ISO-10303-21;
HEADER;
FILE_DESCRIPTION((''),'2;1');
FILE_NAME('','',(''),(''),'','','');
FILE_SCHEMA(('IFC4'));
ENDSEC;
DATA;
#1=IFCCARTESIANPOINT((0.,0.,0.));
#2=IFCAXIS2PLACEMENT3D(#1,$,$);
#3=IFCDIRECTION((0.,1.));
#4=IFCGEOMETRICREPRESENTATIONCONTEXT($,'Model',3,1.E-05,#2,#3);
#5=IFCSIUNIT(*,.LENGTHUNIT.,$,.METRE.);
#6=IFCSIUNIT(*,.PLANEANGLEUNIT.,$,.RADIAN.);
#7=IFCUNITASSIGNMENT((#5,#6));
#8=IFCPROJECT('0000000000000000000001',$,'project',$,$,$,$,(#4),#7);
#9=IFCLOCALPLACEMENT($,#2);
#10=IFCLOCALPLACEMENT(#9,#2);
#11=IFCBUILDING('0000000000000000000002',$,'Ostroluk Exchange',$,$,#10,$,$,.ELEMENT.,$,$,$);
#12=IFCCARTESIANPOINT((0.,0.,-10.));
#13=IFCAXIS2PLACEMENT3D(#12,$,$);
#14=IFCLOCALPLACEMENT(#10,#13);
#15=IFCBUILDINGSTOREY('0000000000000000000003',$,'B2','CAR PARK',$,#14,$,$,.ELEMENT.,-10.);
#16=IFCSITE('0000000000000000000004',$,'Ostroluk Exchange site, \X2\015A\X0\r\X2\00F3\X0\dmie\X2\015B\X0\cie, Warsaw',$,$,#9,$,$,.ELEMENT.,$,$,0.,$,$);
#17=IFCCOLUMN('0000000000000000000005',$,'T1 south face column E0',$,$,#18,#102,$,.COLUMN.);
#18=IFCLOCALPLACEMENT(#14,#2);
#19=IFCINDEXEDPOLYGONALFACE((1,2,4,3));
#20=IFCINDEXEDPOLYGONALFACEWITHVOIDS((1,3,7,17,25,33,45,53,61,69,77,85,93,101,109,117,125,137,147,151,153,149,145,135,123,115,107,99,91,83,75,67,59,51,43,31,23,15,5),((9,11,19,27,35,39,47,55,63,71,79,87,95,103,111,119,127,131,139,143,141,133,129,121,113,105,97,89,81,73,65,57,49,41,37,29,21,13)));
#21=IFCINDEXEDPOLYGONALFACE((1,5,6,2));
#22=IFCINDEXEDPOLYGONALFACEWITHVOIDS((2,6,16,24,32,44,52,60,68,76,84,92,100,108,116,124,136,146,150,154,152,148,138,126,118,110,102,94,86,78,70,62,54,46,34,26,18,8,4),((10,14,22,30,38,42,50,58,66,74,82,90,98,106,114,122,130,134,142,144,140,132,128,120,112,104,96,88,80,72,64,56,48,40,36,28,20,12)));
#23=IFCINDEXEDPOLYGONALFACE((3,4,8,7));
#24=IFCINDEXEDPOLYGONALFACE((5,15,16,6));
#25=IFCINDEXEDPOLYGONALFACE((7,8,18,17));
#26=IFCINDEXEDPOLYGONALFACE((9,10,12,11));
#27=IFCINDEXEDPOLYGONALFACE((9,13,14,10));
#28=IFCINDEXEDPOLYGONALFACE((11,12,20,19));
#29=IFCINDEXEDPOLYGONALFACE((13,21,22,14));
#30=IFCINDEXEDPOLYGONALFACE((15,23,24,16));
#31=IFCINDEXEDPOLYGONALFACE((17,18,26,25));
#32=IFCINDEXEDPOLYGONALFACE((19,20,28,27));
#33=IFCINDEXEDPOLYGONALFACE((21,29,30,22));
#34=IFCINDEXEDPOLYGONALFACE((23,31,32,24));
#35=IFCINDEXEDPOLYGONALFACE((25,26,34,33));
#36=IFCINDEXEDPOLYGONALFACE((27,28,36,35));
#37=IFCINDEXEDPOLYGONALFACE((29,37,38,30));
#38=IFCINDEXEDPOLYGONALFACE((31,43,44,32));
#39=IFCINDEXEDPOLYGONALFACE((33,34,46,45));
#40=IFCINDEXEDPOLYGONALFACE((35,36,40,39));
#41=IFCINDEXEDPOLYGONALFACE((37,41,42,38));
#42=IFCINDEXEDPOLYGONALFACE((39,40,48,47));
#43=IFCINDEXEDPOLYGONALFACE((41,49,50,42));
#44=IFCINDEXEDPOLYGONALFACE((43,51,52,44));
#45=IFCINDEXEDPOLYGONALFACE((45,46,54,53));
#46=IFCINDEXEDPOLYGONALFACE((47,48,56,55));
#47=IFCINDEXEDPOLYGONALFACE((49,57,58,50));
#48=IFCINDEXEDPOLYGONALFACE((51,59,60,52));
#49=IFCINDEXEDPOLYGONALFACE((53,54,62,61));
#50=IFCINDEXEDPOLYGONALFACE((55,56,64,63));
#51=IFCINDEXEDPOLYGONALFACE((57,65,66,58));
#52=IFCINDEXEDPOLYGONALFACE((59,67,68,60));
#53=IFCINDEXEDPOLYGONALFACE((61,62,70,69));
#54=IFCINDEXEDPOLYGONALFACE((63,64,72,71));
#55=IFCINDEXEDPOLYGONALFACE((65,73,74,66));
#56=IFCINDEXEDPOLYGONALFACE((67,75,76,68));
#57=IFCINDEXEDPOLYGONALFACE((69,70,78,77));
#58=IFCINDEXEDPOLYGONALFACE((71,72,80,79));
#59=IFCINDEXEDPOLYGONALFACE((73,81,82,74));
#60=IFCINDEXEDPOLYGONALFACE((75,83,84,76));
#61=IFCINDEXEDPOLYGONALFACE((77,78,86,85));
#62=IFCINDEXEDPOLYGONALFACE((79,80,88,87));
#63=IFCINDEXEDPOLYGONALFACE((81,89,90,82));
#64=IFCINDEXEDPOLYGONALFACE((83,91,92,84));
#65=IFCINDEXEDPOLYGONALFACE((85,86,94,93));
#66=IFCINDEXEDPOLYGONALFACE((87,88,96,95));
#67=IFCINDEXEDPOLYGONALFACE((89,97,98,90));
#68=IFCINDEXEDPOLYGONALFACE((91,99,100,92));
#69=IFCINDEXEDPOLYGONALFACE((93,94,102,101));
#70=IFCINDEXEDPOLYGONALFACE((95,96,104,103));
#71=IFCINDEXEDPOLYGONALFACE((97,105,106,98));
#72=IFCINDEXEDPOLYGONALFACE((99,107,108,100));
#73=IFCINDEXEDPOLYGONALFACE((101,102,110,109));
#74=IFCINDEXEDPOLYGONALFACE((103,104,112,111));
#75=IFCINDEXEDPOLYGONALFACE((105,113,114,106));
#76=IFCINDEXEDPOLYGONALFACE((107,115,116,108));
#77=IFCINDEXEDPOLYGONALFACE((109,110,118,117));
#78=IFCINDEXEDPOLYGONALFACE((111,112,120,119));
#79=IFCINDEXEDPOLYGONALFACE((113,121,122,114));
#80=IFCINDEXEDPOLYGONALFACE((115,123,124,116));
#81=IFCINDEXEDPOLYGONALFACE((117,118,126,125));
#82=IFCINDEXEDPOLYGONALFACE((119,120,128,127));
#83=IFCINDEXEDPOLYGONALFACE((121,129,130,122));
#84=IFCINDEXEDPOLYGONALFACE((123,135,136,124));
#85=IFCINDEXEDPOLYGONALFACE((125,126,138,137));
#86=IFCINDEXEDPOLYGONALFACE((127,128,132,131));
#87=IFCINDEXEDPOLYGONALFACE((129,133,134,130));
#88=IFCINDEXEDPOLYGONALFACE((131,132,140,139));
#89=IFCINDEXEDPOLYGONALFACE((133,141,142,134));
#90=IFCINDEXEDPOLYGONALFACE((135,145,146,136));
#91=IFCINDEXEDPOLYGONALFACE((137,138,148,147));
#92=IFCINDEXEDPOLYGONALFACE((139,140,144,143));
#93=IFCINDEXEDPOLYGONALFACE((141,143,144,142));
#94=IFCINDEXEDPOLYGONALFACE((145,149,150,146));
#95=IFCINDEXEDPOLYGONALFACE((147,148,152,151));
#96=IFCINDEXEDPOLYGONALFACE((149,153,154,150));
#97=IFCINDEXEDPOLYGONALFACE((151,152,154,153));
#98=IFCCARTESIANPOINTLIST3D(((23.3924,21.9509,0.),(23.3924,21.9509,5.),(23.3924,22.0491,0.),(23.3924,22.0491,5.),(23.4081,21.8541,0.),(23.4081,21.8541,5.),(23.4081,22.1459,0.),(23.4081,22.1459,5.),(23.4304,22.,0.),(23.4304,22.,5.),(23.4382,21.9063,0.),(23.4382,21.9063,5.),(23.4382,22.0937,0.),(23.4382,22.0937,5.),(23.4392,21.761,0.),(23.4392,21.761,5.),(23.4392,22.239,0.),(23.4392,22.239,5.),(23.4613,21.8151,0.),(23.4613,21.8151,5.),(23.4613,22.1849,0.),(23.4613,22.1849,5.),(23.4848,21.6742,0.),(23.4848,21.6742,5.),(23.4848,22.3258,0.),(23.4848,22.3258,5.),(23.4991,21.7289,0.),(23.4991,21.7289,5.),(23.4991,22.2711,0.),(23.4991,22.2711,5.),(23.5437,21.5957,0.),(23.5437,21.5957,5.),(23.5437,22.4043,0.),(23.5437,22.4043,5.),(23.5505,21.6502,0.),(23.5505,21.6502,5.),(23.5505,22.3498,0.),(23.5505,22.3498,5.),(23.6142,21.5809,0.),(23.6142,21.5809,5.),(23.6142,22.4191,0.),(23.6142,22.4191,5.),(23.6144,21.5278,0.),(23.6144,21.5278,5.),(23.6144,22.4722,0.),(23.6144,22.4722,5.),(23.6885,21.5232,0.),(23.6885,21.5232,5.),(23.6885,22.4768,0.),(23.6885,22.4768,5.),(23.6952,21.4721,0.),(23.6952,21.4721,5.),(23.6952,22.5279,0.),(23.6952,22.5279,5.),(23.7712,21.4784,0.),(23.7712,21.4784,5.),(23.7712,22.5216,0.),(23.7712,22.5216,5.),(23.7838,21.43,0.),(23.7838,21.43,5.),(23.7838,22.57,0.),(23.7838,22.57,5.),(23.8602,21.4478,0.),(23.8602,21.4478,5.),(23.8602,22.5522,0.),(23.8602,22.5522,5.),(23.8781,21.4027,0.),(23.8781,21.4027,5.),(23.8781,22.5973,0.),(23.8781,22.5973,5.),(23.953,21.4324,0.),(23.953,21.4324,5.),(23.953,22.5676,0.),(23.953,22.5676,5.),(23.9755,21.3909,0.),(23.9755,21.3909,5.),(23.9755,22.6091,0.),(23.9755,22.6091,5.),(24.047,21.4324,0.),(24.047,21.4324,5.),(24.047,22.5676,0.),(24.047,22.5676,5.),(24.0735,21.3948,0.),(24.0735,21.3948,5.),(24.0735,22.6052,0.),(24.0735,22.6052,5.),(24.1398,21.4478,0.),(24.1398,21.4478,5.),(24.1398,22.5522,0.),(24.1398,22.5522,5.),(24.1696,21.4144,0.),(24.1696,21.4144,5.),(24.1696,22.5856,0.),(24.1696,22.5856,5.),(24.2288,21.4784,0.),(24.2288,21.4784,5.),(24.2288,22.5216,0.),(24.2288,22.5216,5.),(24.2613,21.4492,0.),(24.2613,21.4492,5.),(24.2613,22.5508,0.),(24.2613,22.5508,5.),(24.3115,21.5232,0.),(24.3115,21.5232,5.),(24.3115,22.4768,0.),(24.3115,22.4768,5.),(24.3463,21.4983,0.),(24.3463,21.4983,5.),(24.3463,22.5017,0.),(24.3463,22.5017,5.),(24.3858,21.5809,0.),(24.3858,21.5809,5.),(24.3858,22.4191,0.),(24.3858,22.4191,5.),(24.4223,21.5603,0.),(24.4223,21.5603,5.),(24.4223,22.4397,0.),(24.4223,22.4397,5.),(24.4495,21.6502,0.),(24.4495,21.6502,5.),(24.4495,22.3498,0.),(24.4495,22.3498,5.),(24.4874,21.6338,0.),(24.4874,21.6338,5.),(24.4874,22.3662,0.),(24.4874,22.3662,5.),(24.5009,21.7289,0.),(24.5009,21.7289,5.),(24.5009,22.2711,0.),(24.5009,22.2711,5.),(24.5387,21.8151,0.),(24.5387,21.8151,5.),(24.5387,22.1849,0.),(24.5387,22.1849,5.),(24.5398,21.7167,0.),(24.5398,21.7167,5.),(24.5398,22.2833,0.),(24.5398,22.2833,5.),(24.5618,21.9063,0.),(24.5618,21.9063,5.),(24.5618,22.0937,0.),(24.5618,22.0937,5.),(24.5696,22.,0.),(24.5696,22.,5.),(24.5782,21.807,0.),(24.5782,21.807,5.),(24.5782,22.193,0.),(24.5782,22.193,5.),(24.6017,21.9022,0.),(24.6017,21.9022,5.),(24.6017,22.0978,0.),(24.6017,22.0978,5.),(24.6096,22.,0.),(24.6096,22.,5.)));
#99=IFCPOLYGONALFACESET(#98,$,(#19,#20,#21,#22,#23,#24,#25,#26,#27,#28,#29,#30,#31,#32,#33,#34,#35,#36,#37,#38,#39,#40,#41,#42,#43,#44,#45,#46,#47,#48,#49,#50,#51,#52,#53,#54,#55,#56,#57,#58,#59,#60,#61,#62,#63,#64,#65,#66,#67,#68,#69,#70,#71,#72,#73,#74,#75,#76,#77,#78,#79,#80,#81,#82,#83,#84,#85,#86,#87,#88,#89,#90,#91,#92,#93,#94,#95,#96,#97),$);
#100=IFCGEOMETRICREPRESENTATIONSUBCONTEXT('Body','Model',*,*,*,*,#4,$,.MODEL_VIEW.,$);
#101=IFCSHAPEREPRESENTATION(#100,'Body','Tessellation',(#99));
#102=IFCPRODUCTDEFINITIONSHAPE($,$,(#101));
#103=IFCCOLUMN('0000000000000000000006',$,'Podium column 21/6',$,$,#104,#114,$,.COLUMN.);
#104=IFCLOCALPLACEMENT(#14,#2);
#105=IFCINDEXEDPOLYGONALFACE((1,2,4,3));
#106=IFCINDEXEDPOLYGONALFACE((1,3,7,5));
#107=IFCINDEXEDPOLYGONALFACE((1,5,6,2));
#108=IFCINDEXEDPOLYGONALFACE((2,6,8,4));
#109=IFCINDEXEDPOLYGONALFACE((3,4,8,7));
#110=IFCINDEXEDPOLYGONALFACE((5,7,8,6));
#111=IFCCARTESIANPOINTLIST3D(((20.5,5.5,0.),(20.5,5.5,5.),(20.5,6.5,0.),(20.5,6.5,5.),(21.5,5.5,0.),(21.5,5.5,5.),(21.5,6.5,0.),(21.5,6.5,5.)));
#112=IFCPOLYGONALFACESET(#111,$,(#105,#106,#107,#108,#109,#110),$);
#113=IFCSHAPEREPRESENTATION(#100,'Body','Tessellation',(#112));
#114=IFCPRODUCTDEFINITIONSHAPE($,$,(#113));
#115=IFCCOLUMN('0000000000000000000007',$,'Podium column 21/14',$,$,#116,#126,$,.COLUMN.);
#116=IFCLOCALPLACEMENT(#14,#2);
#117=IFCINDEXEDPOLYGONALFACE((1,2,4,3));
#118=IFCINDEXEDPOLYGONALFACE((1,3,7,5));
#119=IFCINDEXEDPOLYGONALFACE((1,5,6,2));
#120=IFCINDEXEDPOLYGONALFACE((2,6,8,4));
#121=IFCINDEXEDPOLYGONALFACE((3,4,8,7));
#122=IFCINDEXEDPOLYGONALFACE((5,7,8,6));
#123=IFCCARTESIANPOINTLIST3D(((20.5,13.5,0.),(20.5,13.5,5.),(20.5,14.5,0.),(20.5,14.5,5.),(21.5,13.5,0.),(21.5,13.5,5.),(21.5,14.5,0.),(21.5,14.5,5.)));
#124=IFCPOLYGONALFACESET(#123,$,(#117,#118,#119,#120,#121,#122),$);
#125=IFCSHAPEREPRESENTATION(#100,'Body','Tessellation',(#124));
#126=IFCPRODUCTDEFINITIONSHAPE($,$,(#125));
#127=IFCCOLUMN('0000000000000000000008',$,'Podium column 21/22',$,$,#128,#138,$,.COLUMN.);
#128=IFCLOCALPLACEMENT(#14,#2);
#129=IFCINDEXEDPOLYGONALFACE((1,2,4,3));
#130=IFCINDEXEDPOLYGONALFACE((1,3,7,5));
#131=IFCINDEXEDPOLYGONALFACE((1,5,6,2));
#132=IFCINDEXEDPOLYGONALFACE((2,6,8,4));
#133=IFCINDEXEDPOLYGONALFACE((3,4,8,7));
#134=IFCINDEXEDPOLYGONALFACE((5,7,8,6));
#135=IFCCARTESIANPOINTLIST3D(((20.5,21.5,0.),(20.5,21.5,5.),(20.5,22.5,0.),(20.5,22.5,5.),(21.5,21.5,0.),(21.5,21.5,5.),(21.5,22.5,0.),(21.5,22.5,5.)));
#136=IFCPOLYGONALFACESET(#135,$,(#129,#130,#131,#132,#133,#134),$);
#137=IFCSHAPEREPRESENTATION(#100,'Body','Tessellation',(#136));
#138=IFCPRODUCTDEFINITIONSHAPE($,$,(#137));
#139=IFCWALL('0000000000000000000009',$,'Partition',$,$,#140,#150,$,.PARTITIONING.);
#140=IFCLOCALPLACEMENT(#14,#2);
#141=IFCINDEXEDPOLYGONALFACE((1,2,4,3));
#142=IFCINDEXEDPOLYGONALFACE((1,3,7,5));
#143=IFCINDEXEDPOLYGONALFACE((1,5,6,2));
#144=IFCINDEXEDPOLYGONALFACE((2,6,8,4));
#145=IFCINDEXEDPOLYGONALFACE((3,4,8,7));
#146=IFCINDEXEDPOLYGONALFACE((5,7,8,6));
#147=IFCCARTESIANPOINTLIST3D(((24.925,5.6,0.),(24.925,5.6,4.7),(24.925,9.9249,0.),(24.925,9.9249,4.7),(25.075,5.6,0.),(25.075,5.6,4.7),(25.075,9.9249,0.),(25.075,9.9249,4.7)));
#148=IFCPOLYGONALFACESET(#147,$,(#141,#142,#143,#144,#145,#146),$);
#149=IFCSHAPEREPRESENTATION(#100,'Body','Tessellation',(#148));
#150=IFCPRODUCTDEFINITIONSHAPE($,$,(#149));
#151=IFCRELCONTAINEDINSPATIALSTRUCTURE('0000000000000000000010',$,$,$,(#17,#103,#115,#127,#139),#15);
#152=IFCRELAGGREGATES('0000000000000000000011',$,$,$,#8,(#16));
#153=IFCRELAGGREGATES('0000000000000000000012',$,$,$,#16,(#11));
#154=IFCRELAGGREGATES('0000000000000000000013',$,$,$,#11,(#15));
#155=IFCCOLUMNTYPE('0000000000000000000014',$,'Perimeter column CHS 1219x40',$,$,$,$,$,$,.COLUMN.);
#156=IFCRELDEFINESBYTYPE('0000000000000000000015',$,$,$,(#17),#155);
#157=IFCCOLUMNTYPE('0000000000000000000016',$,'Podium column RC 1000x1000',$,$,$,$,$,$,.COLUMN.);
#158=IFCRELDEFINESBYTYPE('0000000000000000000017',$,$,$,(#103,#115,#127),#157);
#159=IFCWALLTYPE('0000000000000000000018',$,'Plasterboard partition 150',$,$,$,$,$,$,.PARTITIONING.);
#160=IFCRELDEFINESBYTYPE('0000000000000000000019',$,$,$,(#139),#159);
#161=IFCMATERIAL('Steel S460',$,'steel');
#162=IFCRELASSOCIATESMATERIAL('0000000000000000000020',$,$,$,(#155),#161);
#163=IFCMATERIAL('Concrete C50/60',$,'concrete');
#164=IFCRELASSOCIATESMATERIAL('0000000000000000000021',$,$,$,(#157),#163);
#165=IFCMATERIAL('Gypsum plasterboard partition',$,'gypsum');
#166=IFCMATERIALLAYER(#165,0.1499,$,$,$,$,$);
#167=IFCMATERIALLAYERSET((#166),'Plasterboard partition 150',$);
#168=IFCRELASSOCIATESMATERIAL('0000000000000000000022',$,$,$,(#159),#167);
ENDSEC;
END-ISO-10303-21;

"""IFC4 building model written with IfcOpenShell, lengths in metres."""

from ifc_helpers import new_model, si_unit, direction, frame, frame_2d, origin, origin_2d, place, context, subcontext, project, spatial, rectangle, hollow_circle, extrude, material, layer, layer_set, material_profile, profile_set, type_object, element, save


model = new_model("IFC4")

# Units and contexts
model_context = context("Model", 3, precision=1e-05, world=origin(), true_north=direction((0.0, 1.0)))
body_context = subcontext(model_context, "Body", "Model", "MODEL_VIEW")
ifc_project = project(units=[si_unit("LENGTHUNIT", "METRE"), si_unit("PLANEANGLEUNIT", "RADIAN")], contexts=[model_context])

# Site, building, storey
site_placement = place(None, origin())
site = spatial("IfcSite", under=ifc_project, at=site_placement, Name="Ostroluk Exchange site, Śródmieście, Warsaw", CompositionType="ELEMENT", RefElevation=0.0)
building_placement = place(site_placement, origin())
building = spatial("IfcBuilding", under=site, at=building_placement, Name="Ostroluk Exchange", CompositionType="ELEMENT")
storey_placement = place(building_placement, frame((0.0, 0.0, -10.0)))
storey = spatial("IfcBuildingStorey", under=building, at=storey_placement, Name="B2", Description="CAR PARK", CompositionType="ELEMENT", Elevation=-10.0)

# Columns
ifc_material_1 = material(Name="Steel S460", Category="steel")
ifc_material_profile_1 = material_profile(ifc_material_1, hollow_circle(Radius=0.6096, WallThickness=0.04, at=origin_2d()), Name="CHS 1219x40")
ifc_profile_set_1 = profile_set([ifc_material_profile_1], Name="Steel S460")
column_type_1 = type_object("IfcColumnType", Name="Perimeter column CHS 1219x40", PredefinedType="COLUMN", material=ifc_profile_set_1)
column_placement = place(storey_placement, frame((24.0, 22.0, 0.0), z_axis=(0.0, 0.0, 1.0), x_axis=(1.0, 0.0, 0.0)))
element("IfcColumn", 1, at=column_placement, inside=storey, type_object=column_type_1, Name="T1 south face column E0", PredefinedType="COLUMN", context=body_context, shape_type="SweptSolid", body=[
    extrude(hollow_circle(Radius=0.6096, WallThickness=0.04, at=origin_2d()), origin(), (0.0, 0.0, 1.0), 5.0),
])
ifc_material_2 = material(Name="Concrete C50/60", Category="concrete")
ifc_material_profile_2 = material_profile(ifc_material_2, rectangle(XDim=1.0, YDim=1.0, at=origin_2d()), Name="RC 1000x1000")
ifc_profile_set_2 = profile_set([ifc_material_profile_2], Name="Concrete C50/60")
column_type_2 = type_object("IfcColumnType", Name="Podium column RC 1000x1000", PredefinedType="COLUMN", material=ifc_profile_set_2)
for number, where, z_axis, x_axis, name in (
    (2, (21.0, 6.0, 0.0), (0.0, 0.0, 1.0), (1.0, 0.0, 0.0), "Podium column 21/6"),
    (3, (21.0, 14.0, 0.0), (0.0, 0.0, 1.0), (1.0, 0.0, 0.0), "Podium column 21/14"),
    (4, (21.0, 22.0, 0.0), (0.0, 0.0, 1.0), (1.0, 0.0, 0.0), "Podium column 21/22"),
):
    element("IfcColumn", number, at=place(storey_placement, frame(where, z_axis=z_axis, x_axis=x_axis)), inside=storey, type_object=column_type_2, Name=name, PredefinedType="COLUMN", context=body_context, shape_type="SweptSolid", body=[
        extrude(rectangle(XDim=1.0, YDim=1.0, at=origin_2d()), origin(), (0.0, 0.0, 1.0), 5.0),
    ])

# Wall
ifc_material_3 = material(Name="Gypsum plasterboard partition", Category="gypsum")
ifc_layer_1 = layer(ifc_material_3, 0.1499)
ifc_layer_set_1 = layer_set([ifc_layer_1], Name="Plasterboard partition 150")
wall_type = type_object("IfcWallType", Name="Plasterboard partition 150", PredefinedType="PARTITIONING", material=ifc_layer_set_1)
wall_placement = place(storey_placement, frame((25.0, 9.925, 0.0), z_axis=(0.0, 0.0, 1.0), x_axis=(0.0, -1.0, 0.0)))
element("IfcWall", 5, at=wall_placement, inside=storey, type_object=wall_type, Name="Partition", PredefinedType="PARTITIONING", context=body_context, shape_type="SweptSolid", body=[
    extrude(rectangle(XDim=4.325, YDim=0.1499, at=frame_2d((2.1626, 0.0))), origin(), (0.0, 0.0, 1.0), 4.7),
])

save(model, "model.ifc")
